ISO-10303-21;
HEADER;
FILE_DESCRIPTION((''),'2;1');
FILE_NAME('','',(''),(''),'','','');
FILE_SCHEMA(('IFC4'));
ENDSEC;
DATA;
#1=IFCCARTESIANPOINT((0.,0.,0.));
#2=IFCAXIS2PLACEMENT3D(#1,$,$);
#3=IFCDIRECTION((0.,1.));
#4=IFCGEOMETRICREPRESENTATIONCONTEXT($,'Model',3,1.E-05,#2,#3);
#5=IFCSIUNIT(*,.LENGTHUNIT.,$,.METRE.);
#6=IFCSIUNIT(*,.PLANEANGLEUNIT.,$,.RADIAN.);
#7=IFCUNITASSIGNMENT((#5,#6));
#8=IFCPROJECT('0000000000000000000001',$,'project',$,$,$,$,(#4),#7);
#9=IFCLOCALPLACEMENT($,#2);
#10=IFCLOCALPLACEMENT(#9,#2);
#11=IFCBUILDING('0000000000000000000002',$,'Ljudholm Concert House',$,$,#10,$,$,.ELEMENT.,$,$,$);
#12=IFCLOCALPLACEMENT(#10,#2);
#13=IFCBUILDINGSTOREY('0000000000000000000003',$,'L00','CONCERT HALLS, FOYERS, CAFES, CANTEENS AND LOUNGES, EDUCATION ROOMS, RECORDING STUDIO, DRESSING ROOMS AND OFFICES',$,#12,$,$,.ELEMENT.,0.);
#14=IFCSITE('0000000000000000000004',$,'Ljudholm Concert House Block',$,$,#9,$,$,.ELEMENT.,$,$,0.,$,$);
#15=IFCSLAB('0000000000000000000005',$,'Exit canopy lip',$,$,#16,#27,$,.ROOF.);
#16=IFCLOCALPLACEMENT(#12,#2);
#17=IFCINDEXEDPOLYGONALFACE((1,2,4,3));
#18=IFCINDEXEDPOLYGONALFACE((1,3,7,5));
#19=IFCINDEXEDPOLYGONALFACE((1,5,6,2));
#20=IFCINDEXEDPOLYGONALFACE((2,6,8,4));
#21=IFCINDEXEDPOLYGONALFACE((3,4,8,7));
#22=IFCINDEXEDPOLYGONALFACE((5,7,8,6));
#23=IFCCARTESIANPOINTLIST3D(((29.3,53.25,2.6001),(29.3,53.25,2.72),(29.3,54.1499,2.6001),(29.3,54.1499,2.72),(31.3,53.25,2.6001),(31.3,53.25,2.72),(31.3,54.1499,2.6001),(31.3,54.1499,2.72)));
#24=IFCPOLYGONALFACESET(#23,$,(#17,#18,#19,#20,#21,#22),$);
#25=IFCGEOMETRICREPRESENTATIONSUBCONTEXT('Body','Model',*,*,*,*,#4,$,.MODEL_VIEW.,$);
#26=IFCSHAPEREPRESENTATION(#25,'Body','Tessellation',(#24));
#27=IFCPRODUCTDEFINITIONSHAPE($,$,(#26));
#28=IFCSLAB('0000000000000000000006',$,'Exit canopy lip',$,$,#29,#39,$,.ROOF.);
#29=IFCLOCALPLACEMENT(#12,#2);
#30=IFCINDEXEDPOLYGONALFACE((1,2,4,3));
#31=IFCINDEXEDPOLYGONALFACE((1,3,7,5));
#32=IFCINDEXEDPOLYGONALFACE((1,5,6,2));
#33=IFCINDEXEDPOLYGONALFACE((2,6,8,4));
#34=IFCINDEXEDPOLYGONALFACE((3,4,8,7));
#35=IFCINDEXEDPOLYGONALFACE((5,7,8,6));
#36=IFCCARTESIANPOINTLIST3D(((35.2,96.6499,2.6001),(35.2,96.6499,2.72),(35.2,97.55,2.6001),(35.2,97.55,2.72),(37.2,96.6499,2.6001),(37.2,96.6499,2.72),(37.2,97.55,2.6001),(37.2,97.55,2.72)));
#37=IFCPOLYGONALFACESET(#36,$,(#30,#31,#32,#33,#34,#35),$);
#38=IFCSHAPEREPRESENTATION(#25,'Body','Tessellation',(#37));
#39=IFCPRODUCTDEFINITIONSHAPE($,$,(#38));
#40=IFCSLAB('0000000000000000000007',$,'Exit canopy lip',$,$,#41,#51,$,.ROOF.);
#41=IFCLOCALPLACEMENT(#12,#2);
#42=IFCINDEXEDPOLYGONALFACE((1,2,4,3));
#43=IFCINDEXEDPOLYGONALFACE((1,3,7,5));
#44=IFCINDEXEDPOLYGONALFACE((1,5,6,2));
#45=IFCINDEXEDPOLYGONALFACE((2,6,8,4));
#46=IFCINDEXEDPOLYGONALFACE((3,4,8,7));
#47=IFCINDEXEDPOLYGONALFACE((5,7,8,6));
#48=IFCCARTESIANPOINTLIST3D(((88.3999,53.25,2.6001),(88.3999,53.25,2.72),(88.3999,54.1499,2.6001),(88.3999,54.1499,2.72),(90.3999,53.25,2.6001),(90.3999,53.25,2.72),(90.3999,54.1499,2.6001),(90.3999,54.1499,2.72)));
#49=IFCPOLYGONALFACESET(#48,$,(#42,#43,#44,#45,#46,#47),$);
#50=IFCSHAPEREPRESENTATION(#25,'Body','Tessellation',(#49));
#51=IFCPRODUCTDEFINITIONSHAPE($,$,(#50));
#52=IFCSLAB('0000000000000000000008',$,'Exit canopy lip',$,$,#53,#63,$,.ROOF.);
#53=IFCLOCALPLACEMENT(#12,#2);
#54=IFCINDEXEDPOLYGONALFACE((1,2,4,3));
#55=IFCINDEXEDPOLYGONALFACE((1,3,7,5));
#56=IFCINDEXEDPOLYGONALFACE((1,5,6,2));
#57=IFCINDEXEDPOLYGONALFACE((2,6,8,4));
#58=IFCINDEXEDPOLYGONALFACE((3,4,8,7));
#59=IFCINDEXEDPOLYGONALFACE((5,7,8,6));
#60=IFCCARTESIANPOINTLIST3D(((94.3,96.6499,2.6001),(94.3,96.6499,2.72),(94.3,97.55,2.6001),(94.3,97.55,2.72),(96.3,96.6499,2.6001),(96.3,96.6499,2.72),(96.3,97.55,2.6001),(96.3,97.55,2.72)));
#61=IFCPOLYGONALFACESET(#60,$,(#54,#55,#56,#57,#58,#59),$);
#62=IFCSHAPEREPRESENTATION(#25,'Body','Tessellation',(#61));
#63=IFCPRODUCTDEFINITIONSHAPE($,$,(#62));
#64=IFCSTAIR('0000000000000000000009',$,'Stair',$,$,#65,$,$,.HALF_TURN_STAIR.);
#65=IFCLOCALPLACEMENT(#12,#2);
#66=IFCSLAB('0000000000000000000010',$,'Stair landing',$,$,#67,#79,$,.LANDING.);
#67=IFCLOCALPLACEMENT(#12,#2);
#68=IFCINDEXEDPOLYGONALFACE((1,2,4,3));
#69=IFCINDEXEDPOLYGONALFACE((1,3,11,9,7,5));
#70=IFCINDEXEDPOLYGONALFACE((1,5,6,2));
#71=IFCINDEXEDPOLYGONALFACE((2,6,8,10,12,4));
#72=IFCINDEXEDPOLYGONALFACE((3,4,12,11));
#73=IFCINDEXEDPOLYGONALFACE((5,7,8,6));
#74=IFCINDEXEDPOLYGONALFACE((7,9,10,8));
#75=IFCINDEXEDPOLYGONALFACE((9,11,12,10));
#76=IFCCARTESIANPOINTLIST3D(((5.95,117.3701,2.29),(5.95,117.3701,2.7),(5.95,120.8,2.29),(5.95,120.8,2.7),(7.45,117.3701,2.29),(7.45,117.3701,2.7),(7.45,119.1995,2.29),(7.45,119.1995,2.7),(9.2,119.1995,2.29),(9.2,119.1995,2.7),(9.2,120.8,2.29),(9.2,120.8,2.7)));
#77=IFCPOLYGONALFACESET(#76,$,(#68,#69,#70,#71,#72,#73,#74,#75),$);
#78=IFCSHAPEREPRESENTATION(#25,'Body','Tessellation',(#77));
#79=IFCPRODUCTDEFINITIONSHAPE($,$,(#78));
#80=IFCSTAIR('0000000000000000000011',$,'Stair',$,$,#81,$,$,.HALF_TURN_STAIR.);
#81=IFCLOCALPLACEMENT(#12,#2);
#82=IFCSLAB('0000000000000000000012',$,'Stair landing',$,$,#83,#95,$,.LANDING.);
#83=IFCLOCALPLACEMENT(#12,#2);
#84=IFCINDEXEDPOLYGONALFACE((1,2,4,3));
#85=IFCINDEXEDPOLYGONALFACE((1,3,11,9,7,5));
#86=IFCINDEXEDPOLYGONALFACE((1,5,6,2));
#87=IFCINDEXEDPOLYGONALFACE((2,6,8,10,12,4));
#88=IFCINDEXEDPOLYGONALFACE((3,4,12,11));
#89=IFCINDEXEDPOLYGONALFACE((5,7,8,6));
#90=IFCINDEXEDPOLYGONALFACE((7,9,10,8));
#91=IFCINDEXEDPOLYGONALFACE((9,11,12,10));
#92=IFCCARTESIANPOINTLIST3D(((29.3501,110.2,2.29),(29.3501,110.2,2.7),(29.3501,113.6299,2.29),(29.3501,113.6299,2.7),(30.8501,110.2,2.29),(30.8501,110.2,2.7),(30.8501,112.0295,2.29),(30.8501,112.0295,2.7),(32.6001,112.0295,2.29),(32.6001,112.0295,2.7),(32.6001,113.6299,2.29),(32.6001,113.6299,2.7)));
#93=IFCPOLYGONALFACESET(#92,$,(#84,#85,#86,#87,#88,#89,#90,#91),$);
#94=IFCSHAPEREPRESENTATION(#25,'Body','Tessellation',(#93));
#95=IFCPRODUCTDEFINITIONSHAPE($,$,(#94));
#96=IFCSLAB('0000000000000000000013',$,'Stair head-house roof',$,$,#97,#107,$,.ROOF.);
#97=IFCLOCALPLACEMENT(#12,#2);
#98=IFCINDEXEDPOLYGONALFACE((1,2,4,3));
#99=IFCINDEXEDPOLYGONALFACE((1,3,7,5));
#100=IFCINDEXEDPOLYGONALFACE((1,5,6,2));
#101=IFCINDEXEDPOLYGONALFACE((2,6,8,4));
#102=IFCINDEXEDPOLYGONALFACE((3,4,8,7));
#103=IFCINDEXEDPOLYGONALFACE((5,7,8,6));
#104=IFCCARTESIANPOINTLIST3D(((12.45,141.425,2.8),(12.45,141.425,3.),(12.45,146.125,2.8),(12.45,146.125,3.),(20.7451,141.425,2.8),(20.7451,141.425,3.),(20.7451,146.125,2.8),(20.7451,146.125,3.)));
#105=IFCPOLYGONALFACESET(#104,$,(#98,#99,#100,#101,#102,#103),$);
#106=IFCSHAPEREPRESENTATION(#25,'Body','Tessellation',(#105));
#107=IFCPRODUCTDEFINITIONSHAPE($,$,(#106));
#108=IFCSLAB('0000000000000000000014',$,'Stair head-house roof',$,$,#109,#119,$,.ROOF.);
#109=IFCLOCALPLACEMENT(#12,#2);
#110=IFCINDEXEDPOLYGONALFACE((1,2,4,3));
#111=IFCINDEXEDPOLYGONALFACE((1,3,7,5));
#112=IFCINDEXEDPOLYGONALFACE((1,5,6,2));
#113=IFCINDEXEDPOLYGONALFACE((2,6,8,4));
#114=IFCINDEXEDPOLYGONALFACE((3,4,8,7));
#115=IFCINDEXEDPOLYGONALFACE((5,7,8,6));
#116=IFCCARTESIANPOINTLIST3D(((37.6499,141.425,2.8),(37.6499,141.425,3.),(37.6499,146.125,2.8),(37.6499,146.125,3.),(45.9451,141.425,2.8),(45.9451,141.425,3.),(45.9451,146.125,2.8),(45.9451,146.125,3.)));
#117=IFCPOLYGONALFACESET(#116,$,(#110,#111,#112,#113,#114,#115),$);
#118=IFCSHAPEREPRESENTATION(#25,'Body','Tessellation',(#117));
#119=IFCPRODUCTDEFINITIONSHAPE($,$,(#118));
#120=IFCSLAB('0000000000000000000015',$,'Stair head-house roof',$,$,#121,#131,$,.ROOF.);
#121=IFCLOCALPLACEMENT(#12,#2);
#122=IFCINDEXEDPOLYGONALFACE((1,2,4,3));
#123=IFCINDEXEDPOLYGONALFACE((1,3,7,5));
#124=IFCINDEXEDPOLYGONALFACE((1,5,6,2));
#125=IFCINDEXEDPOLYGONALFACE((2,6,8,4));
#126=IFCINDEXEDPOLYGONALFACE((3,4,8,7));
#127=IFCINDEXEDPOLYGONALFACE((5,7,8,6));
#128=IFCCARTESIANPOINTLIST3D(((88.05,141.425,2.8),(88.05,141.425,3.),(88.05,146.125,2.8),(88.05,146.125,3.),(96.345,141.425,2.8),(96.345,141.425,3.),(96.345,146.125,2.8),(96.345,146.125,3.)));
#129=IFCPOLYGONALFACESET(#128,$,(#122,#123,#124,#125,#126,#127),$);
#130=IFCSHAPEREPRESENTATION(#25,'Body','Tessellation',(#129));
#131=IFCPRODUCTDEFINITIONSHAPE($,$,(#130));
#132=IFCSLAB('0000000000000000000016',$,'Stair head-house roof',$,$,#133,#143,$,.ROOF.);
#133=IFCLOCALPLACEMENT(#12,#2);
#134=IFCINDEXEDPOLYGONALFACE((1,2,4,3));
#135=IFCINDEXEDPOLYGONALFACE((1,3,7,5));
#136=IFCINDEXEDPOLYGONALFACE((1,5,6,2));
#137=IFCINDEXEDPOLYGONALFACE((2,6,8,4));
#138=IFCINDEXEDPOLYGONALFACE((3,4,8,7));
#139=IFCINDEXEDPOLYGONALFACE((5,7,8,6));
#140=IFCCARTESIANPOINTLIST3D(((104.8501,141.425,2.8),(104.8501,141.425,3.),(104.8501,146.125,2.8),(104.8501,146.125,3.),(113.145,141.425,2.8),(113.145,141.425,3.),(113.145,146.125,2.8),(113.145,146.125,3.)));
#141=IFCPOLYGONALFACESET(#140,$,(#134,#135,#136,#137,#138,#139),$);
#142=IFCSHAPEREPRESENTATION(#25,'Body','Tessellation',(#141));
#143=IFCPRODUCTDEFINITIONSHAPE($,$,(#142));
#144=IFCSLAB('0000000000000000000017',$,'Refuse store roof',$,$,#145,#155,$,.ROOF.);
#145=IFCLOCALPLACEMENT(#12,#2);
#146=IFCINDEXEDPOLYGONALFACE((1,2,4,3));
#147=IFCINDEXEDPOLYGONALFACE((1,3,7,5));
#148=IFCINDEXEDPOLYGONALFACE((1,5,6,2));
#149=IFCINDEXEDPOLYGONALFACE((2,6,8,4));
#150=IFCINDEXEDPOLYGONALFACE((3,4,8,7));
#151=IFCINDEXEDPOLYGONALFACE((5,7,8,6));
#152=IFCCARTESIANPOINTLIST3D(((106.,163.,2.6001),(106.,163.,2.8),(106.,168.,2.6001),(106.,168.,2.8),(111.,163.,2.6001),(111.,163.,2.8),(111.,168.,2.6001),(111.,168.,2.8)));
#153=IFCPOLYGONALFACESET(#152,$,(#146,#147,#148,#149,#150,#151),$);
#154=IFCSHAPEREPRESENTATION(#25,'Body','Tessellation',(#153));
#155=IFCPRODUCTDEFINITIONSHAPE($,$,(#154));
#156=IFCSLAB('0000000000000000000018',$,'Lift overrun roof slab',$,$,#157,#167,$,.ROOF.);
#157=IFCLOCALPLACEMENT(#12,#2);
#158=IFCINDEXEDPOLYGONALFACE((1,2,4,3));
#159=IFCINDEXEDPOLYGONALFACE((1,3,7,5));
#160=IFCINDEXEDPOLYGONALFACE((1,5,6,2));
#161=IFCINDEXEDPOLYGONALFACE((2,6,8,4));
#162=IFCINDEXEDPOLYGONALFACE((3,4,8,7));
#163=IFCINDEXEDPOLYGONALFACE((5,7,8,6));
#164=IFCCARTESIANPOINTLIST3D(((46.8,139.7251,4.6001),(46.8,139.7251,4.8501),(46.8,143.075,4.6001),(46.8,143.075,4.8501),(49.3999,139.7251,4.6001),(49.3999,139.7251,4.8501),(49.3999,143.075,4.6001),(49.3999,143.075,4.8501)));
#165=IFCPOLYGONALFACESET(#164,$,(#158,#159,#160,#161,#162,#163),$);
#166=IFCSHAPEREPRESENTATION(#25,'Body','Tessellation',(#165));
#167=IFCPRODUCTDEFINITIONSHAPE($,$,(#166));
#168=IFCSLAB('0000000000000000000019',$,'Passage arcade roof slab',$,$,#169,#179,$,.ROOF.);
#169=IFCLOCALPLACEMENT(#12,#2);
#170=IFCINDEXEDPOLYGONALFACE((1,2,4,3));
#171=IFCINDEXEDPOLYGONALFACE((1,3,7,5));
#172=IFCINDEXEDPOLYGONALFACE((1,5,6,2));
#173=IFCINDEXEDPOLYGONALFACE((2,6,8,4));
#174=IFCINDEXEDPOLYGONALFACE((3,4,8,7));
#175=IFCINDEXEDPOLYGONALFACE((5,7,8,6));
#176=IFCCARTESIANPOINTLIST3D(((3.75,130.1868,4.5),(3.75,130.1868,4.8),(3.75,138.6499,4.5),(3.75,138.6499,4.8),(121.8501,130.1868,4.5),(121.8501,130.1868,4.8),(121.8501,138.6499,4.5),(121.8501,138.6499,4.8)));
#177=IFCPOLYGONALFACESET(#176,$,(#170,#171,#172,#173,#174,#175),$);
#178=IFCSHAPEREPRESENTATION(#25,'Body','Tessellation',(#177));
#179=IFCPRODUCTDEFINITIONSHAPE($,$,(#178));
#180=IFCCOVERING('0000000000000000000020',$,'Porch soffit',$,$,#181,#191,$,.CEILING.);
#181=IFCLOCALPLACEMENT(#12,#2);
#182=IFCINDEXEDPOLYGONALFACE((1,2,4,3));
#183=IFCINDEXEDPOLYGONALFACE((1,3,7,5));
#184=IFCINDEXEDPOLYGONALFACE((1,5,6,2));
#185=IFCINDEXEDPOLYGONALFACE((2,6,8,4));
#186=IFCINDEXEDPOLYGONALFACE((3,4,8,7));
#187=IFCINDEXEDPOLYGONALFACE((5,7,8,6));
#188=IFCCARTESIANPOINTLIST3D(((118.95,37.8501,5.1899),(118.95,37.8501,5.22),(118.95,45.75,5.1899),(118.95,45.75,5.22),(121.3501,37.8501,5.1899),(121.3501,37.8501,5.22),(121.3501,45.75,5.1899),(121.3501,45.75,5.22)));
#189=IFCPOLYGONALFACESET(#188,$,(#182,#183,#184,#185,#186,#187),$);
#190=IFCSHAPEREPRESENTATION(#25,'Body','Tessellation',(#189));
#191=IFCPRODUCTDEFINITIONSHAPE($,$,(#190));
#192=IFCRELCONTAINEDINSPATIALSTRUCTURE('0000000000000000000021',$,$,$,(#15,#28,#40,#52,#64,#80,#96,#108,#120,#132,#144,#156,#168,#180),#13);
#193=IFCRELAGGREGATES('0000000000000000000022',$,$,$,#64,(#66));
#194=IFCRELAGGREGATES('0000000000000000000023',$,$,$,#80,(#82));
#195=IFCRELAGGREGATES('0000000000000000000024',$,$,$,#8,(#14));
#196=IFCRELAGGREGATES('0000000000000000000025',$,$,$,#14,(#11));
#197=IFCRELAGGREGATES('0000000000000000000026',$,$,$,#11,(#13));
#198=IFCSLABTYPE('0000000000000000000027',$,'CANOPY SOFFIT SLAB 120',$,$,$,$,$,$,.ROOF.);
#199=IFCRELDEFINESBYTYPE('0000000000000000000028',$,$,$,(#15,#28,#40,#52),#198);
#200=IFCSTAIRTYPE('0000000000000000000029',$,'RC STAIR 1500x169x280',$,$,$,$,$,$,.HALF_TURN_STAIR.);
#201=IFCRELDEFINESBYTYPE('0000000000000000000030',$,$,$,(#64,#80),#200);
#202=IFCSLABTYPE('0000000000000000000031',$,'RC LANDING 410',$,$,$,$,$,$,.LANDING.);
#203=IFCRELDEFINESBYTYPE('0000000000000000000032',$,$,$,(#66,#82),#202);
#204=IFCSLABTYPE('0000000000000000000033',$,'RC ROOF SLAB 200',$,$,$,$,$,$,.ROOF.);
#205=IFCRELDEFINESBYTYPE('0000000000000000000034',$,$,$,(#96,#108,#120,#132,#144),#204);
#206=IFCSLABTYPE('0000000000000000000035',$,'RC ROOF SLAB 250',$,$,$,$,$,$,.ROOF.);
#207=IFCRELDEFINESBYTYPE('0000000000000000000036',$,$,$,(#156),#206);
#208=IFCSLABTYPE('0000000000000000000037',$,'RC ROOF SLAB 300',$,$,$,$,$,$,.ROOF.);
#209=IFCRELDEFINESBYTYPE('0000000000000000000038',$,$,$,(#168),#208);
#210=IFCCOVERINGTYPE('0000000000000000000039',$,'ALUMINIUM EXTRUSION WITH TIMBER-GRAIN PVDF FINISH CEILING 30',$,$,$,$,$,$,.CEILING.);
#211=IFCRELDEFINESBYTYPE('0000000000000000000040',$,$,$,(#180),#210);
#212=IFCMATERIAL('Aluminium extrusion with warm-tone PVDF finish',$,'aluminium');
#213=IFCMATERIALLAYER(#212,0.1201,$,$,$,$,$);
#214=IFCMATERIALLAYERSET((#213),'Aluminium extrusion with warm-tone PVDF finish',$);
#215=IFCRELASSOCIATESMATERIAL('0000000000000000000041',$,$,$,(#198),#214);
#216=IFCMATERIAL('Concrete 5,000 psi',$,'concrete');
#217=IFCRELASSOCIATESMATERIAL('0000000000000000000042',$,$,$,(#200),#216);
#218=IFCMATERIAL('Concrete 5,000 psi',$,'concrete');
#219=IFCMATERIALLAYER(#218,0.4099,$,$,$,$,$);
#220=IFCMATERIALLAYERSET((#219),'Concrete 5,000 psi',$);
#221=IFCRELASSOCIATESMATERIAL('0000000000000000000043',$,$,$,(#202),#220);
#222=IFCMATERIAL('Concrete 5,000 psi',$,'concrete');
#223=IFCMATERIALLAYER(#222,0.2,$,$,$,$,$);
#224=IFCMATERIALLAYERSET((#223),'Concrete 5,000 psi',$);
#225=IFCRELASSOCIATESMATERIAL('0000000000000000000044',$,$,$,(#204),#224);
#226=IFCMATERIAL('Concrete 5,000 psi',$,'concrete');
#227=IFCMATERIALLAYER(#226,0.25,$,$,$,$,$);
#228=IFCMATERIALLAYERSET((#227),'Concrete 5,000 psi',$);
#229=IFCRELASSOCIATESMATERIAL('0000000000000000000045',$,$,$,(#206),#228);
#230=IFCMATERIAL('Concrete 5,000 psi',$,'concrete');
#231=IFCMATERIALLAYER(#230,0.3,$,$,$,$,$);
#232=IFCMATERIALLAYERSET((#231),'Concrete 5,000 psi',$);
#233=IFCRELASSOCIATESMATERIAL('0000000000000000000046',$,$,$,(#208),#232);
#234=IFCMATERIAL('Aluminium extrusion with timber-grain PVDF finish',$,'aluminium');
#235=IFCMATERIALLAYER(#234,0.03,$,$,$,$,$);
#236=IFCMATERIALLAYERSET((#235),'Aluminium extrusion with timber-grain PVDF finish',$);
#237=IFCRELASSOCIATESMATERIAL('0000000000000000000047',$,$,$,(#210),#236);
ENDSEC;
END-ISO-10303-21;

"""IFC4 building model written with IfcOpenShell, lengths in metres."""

from ifc_helpers import new_model, si_unit, direction, frame, origin, place, context, subcontext, project, spatial, polyline, outline, extrude, material, layer, layer_set, type_object, element, aggregate, save


model = new_model("IFC4")

# Units and contexts
model_context = context("Model", 3, precision=1e-05, world=origin(), true_north=direction((0.0, 1.0)))
body_context = subcontext(model_context, "Body", "Model", "MODEL_VIEW")
ifc_project = project(units=[si_unit("LENGTHUNIT", "METRE"), si_unit("PLANEANGLEUNIT", "RADIAN")], contexts=[model_context])

# Site, building, storey
site_placement = place(None, origin())
site = spatial("IfcSite", under=ifc_project, at=site_placement, Name="Ljudholm Concert House Block", CompositionType="ELEMENT", RefElevation=0.0)
building_placement = place(site_placement, origin())
building = spatial("IfcBuilding", under=site, at=building_placement, Name="Ljudholm Concert House", CompositionType="ELEMENT")
storey_placement = place(building_placement, origin())
storey = spatial("IfcBuildingStorey", under=building, at=storey_placement, Name="L00", Description="CONCERT HALLS, FOYERS, CAFES, CANTEENS AND LOUNGES, EDUCATION ROOMS, RECORDING STUDIO, DRESSING ROOMS AND OFFICES", CompositionType="ELEMENT", Elevation=0.0)

# Slabs
ifc_material_1 = material(Name="Aluminium extrusion with warm-tone PVDF finish", Category="aluminium")
ifc_layer_1 = layer(ifc_material_1, 0.1201)
ifc_layer_set_1 = layer_set([ifc_layer_1], Name="Aluminium extrusion with warm-tone PVDF finish")
slab_type_1 = type_object("IfcSlabType", Name="CANOPY SOFFIT SLAB 120", PredefinedType="ROOF", material=ifc_layer_set_1)
slab_1_placement = place(storey_placement, frame((0.0, 0.0, 2.6001)))
element("IfcSlab", 1, at=slab_1_placement, inside=storey, type_object=slab_type_1, Name="Exit canopy lip", PredefinedType="ROOF", context=body_context, shape_type="SweptSolid", body=[
    extrude(outline(polyline([(29.3, 53.25), (31.3, 53.25), (31.3, 54.1499), (29.3, 54.1499), (29.3, 53.25)])), origin(), (0.0, 0.0, 1.0), 0.1199),
])
slab_2_placement = place(storey_placement, frame((0.0, 0.0, 2.6001)))
element("IfcSlab", 2, at=slab_2_placement, inside=storey, type_object=slab_type_1, Name="Exit canopy lip", PredefinedType="ROOF", context=body_context, shape_type="SweptSolid", body=[
    extrude(outline(polyline([(35.2, 96.6499), (37.2, 96.6499), (37.2, 97.55), (35.2, 97.55), (35.2, 96.6499)])), origin(), (0.0, 0.0, 1.0), 0.1199),
])
slab_3_placement = place(storey_placement, frame((0.0, 0.0, 2.6001)))
element("IfcSlab", 3, at=slab_3_placement, inside=storey, type_object=slab_type_1, Name="Exit canopy lip", PredefinedType="ROOF", context=body_context, shape_type="SweptSolid", body=[
    extrude(outline(polyline([(88.3999, 53.25), (90.3999, 53.25), (90.3999, 54.1499), (88.3999, 54.1499), (88.3999, 53.25)])), origin(), (0.0, 0.0, 1.0), 0.1199),
])
slab_4_placement = place(storey_placement, frame((0.0, 0.0, 2.6001)))
element("IfcSlab", 4, at=slab_4_placement, inside=storey, type_object=slab_type_1, Name="Exit canopy lip", PredefinedType="ROOF", context=body_context, shape_type="SweptSolid", body=[
    extrude(outline(polyline([(94.3, 96.6499), (96.3, 96.6499), (96.3, 97.55), (94.3, 97.55), (94.3, 96.6499)])), origin(), (0.0, 0.0, 1.0), 0.1199),
])

# Stairs, slabs
ifc_material_2 = material(Name="Concrete 5,000 psi", Category="concrete")
stair_type = type_object("IfcStairType", Name="RC STAIR 1500x169x280", PredefinedType="HALF_TURN_STAIR", material=ifc_material_2)
stair_1_placement = place(storey_placement, origin())
stair_1 = element("IfcStair", 5, at=stair_1_placement, inside=storey, type_object=stair_type, Name="Stair", PredefinedType="HALF_TURN_STAIR")
ifc_material_3 = material(Name="Concrete 5,000 psi", Category="concrete")
ifc_layer_2 = layer(ifc_material_3, 0.4099)
ifc_layer_set_2 = layer_set([ifc_layer_2], Name="Concrete 5,000 psi")
slab_type_2 = type_object("IfcSlabType", Name="RC LANDING 410", PredefinedType="LANDING", material=ifc_layer_set_2)
slab_5_placement = place(storey_placement, frame((0.0, 0.0, 2.29)))
slab_5 = element("IfcSlab", 6, at=slab_5_placement, type_object=slab_type_2, Name="Stair landing", PredefinedType="LANDING", context=body_context, shape_type="SweptSolid", body=[
    extrude(outline(polyline([(5.95, 117.3701), (7.45, 117.3701), (7.45, 119.1995), (9.2, 119.1995), (9.2, 120.8), (5.95, 120.8), (5.95, 117.3701)])), origin(), (0.0, 0.0, 1.0), 0.4099),
])
aggregate(stair_1, [slab_5])
stair_2_placement = place(storey_placement, origin())
stair_2 = element("IfcStair", 7, at=stair_2_placement, inside=storey, type_object=stair_type, Name="Stair", PredefinedType="HALF_TURN_STAIR")
slab_6_placement = place(storey_placement, frame((0.0, 0.0, 2.29)))
slab_6 = element("IfcSlab", 8, at=slab_6_placement, type_object=slab_type_2, Name="Stair landing", PredefinedType="LANDING", context=body_context, shape_type="SweptSolid", body=[
    extrude(outline(polyline([(29.3501, 110.2), (30.8501, 110.2), (30.8501, 112.0295), (32.6001, 112.0295), (32.6001, 113.6299), (29.3501, 113.6299), (29.3501, 110.2)])), origin(), (0.0, 0.0, 1.0), 0.4099),
])
aggregate(stair_2, [slab_6])

# Slabs
ifc_material_4 = material(Name="Concrete 5,000 psi", Category="concrete")
ifc_layer_3 = layer(ifc_material_4, 0.2)
ifc_layer_set_3 = layer_set([ifc_layer_3], Name="Concrete 5,000 psi")
slab_type_3 = type_object("IfcSlabType", Name="RC ROOF SLAB 200", PredefinedType="ROOF", material=ifc_layer_set_3)
slab_7_placement = place(storey_placement, frame((0.0, 0.0, 2.8)))
element("IfcSlab", 9, at=slab_7_placement, inside=storey, type_object=slab_type_3, Name="Stair head-house roof", PredefinedType="ROOF", context=body_context, shape_type="SweptSolid", body=[
    extrude(outline(polyline([(12.45, 141.425), (20.7451, 141.425), (20.7451, 146.125), (12.45, 146.125), (12.45, 141.425)])), origin(), (0.0, 0.0, 1.0), 0.2),
])
slab_8_placement = place(storey_placement, frame((0.0, 0.0, 2.8)))
element("IfcSlab", 10, at=slab_8_placement, inside=storey, type_object=slab_type_3, Name="Stair head-house roof", PredefinedType="ROOF", context=body_context, shape_type="SweptSolid", body=[
    extrude(outline(polyline([(37.6499, 141.425), (45.9451, 141.425), (45.9451, 146.125), (37.6499, 146.125), (37.6499, 141.425)])), origin(), (0.0, 0.0, 1.0), 0.2),
])
slab_9_placement = place(storey_placement, frame((0.0, 0.0, 2.8)))
element("IfcSlab", 11, at=slab_9_placement, inside=storey, type_object=slab_type_3, Name="Stair head-house roof", PredefinedType="ROOF", context=body_context, shape_type="SweptSolid", body=[
    extrude(outline(polyline([(88.05, 141.425), (96.345, 141.425), (96.345, 146.125), (88.05, 146.125), (88.05, 141.425)])), origin(), (0.0, 0.0, 1.0), 0.2),
])
slab_10_placement = place(storey_placement, frame((0.0, 0.0, 2.8)))
element("IfcSlab", 12, at=slab_10_placement, inside=storey, type_object=slab_type_3, Name="Stair head-house roof", PredefinedType="ROOF", context=body_context, shape_type="SweptSolid", body=[
    extrude(outline(polyline([(104.8501, 141.425), (113.145, 141.425), (113.145, 146.125), (104.8501, 146.125), (104.8501, 141.425)])), origin(), (0.0, 0.0, 1.0), 0.2),
])
slab_11_placement = place(storey_placement, frame((0.0, 0.0, 2.6001)))
element("IfcSlab", 13, at=slab_11_placement, inside=storey, type_object=slab_type_3, Name="Refuse store roof", PredefinedType="ROOF", context=body_context, shape_type="SweptSolid", body=[
    extrude(outline(polyline([(106.0, 163.0), (111.0, 163.0), (111.0, 168.0), (106.0, 168.0), (106.0, 163.0)])), origin(), (0.0, 0.0, 1.0), 0.2),
])
ifc_material_5 = material(Name="Concrete 5,000 psi", Category="concrete")
ifc_layer_4 = layer(ifc_material_5, 0.25)
ifc_layer_set_4 = layer_set([ifc_layer_4], Name="Concrete 5,000 psi")
slab_type_4 = type_object("IfcSlabType", Name="RC ROOF SLAB 250", PredefinedType="ROOF", material=ifc_layer_set_4)
slab_12_placement = place(storey_placement, frame((0.0, 0.0, 4.6001)))
element("IfcSlab", 14, at=slab_12_placement, inside=storey, type_object=slab_type_4, Name="Lift overrun roof slab", PredefinedType="ROOF", context=body_context, shape_type="SweptSolid", body=[
    extrude(outline(polyline([(46.8, 139.7251), (49.3999, 139.7251), (49.3999, 143.075), (46.8, 143.075), (46.8, 139.7251)])), origin(), (0.0, 0.0, 1.0), 0.25),
])
ifc_material_6 = material(Name="Concrete 5,000 psi", Category="concrete")
ifc_layer_5 = layer(ifc_material_6, 0.3)
ifc_layer_set_5 = layer_set([ifc_layer_5], Name="Concrete 5,000 psi")
slab_type_5 = type_object("IfcSlabType", Name="RC ROOF SLAB 300", PredefinedType="ROOF", material=ifc_layer_set_5)
slab_13_placement = place(storey_placement, frame((0.0, 0.0, 4.5)))
element("IfcSlab", 15, at=slab_13_placement, inside=storey, type_object=slab_type_5, Name="Passage arcade roof slab", PredefinedType="ROOF", context=body_context, shape_type="SweptSolid", body=[
    extrude(outline(polyline([(3.75, 130.1868), (121.8501, 130.1868), (121.8501, 138.6499), (3.75, 138.6499), (3.75, 130.1868)])), origin(), (0.0, 0.0, 1.0), 0.3),
])

# Covering
ifc_material_7 = material(Name="Aluminium extrusion with timber-grain PVDF finish", Category="aluminium")
ifc_layer_6 = layer(ifc_material_7, 0.03)
ifc_layer_set_6 = layer_set([ifc_layer_6], Name="Aluminium extrusion with timber-grain PVDF finish")
covering_type_1 = type_object("IfcCoveringType", Name="ALUMINIUM EXTRUSION WITH TIMBER-GRAIN PVDF FINISH CEILING 30", PredefinedType="CEILING", material=ifc_layer_set_6)
covering_1_placement = place(storey_placement, frame((0.0, 0.0, 5.1899)))
element("IfcCovering", 16, at=covering_1_placement, inside=storey, type_object=covering_type_1, Name="Porch soffit", PredefinedType="CEILING", context=body_context, shape_type="SweptSolid", body=[
    extrude(outline(polyline([(118.95, 37.8501), (121.3501, 37.8501), (121.3501, 45.75), (118.95, 45.75), (118.95, 37.8501)])), origin(), (0.0, 0.0, 1.0), 0.03),
])

save(model, "model.ifc")
